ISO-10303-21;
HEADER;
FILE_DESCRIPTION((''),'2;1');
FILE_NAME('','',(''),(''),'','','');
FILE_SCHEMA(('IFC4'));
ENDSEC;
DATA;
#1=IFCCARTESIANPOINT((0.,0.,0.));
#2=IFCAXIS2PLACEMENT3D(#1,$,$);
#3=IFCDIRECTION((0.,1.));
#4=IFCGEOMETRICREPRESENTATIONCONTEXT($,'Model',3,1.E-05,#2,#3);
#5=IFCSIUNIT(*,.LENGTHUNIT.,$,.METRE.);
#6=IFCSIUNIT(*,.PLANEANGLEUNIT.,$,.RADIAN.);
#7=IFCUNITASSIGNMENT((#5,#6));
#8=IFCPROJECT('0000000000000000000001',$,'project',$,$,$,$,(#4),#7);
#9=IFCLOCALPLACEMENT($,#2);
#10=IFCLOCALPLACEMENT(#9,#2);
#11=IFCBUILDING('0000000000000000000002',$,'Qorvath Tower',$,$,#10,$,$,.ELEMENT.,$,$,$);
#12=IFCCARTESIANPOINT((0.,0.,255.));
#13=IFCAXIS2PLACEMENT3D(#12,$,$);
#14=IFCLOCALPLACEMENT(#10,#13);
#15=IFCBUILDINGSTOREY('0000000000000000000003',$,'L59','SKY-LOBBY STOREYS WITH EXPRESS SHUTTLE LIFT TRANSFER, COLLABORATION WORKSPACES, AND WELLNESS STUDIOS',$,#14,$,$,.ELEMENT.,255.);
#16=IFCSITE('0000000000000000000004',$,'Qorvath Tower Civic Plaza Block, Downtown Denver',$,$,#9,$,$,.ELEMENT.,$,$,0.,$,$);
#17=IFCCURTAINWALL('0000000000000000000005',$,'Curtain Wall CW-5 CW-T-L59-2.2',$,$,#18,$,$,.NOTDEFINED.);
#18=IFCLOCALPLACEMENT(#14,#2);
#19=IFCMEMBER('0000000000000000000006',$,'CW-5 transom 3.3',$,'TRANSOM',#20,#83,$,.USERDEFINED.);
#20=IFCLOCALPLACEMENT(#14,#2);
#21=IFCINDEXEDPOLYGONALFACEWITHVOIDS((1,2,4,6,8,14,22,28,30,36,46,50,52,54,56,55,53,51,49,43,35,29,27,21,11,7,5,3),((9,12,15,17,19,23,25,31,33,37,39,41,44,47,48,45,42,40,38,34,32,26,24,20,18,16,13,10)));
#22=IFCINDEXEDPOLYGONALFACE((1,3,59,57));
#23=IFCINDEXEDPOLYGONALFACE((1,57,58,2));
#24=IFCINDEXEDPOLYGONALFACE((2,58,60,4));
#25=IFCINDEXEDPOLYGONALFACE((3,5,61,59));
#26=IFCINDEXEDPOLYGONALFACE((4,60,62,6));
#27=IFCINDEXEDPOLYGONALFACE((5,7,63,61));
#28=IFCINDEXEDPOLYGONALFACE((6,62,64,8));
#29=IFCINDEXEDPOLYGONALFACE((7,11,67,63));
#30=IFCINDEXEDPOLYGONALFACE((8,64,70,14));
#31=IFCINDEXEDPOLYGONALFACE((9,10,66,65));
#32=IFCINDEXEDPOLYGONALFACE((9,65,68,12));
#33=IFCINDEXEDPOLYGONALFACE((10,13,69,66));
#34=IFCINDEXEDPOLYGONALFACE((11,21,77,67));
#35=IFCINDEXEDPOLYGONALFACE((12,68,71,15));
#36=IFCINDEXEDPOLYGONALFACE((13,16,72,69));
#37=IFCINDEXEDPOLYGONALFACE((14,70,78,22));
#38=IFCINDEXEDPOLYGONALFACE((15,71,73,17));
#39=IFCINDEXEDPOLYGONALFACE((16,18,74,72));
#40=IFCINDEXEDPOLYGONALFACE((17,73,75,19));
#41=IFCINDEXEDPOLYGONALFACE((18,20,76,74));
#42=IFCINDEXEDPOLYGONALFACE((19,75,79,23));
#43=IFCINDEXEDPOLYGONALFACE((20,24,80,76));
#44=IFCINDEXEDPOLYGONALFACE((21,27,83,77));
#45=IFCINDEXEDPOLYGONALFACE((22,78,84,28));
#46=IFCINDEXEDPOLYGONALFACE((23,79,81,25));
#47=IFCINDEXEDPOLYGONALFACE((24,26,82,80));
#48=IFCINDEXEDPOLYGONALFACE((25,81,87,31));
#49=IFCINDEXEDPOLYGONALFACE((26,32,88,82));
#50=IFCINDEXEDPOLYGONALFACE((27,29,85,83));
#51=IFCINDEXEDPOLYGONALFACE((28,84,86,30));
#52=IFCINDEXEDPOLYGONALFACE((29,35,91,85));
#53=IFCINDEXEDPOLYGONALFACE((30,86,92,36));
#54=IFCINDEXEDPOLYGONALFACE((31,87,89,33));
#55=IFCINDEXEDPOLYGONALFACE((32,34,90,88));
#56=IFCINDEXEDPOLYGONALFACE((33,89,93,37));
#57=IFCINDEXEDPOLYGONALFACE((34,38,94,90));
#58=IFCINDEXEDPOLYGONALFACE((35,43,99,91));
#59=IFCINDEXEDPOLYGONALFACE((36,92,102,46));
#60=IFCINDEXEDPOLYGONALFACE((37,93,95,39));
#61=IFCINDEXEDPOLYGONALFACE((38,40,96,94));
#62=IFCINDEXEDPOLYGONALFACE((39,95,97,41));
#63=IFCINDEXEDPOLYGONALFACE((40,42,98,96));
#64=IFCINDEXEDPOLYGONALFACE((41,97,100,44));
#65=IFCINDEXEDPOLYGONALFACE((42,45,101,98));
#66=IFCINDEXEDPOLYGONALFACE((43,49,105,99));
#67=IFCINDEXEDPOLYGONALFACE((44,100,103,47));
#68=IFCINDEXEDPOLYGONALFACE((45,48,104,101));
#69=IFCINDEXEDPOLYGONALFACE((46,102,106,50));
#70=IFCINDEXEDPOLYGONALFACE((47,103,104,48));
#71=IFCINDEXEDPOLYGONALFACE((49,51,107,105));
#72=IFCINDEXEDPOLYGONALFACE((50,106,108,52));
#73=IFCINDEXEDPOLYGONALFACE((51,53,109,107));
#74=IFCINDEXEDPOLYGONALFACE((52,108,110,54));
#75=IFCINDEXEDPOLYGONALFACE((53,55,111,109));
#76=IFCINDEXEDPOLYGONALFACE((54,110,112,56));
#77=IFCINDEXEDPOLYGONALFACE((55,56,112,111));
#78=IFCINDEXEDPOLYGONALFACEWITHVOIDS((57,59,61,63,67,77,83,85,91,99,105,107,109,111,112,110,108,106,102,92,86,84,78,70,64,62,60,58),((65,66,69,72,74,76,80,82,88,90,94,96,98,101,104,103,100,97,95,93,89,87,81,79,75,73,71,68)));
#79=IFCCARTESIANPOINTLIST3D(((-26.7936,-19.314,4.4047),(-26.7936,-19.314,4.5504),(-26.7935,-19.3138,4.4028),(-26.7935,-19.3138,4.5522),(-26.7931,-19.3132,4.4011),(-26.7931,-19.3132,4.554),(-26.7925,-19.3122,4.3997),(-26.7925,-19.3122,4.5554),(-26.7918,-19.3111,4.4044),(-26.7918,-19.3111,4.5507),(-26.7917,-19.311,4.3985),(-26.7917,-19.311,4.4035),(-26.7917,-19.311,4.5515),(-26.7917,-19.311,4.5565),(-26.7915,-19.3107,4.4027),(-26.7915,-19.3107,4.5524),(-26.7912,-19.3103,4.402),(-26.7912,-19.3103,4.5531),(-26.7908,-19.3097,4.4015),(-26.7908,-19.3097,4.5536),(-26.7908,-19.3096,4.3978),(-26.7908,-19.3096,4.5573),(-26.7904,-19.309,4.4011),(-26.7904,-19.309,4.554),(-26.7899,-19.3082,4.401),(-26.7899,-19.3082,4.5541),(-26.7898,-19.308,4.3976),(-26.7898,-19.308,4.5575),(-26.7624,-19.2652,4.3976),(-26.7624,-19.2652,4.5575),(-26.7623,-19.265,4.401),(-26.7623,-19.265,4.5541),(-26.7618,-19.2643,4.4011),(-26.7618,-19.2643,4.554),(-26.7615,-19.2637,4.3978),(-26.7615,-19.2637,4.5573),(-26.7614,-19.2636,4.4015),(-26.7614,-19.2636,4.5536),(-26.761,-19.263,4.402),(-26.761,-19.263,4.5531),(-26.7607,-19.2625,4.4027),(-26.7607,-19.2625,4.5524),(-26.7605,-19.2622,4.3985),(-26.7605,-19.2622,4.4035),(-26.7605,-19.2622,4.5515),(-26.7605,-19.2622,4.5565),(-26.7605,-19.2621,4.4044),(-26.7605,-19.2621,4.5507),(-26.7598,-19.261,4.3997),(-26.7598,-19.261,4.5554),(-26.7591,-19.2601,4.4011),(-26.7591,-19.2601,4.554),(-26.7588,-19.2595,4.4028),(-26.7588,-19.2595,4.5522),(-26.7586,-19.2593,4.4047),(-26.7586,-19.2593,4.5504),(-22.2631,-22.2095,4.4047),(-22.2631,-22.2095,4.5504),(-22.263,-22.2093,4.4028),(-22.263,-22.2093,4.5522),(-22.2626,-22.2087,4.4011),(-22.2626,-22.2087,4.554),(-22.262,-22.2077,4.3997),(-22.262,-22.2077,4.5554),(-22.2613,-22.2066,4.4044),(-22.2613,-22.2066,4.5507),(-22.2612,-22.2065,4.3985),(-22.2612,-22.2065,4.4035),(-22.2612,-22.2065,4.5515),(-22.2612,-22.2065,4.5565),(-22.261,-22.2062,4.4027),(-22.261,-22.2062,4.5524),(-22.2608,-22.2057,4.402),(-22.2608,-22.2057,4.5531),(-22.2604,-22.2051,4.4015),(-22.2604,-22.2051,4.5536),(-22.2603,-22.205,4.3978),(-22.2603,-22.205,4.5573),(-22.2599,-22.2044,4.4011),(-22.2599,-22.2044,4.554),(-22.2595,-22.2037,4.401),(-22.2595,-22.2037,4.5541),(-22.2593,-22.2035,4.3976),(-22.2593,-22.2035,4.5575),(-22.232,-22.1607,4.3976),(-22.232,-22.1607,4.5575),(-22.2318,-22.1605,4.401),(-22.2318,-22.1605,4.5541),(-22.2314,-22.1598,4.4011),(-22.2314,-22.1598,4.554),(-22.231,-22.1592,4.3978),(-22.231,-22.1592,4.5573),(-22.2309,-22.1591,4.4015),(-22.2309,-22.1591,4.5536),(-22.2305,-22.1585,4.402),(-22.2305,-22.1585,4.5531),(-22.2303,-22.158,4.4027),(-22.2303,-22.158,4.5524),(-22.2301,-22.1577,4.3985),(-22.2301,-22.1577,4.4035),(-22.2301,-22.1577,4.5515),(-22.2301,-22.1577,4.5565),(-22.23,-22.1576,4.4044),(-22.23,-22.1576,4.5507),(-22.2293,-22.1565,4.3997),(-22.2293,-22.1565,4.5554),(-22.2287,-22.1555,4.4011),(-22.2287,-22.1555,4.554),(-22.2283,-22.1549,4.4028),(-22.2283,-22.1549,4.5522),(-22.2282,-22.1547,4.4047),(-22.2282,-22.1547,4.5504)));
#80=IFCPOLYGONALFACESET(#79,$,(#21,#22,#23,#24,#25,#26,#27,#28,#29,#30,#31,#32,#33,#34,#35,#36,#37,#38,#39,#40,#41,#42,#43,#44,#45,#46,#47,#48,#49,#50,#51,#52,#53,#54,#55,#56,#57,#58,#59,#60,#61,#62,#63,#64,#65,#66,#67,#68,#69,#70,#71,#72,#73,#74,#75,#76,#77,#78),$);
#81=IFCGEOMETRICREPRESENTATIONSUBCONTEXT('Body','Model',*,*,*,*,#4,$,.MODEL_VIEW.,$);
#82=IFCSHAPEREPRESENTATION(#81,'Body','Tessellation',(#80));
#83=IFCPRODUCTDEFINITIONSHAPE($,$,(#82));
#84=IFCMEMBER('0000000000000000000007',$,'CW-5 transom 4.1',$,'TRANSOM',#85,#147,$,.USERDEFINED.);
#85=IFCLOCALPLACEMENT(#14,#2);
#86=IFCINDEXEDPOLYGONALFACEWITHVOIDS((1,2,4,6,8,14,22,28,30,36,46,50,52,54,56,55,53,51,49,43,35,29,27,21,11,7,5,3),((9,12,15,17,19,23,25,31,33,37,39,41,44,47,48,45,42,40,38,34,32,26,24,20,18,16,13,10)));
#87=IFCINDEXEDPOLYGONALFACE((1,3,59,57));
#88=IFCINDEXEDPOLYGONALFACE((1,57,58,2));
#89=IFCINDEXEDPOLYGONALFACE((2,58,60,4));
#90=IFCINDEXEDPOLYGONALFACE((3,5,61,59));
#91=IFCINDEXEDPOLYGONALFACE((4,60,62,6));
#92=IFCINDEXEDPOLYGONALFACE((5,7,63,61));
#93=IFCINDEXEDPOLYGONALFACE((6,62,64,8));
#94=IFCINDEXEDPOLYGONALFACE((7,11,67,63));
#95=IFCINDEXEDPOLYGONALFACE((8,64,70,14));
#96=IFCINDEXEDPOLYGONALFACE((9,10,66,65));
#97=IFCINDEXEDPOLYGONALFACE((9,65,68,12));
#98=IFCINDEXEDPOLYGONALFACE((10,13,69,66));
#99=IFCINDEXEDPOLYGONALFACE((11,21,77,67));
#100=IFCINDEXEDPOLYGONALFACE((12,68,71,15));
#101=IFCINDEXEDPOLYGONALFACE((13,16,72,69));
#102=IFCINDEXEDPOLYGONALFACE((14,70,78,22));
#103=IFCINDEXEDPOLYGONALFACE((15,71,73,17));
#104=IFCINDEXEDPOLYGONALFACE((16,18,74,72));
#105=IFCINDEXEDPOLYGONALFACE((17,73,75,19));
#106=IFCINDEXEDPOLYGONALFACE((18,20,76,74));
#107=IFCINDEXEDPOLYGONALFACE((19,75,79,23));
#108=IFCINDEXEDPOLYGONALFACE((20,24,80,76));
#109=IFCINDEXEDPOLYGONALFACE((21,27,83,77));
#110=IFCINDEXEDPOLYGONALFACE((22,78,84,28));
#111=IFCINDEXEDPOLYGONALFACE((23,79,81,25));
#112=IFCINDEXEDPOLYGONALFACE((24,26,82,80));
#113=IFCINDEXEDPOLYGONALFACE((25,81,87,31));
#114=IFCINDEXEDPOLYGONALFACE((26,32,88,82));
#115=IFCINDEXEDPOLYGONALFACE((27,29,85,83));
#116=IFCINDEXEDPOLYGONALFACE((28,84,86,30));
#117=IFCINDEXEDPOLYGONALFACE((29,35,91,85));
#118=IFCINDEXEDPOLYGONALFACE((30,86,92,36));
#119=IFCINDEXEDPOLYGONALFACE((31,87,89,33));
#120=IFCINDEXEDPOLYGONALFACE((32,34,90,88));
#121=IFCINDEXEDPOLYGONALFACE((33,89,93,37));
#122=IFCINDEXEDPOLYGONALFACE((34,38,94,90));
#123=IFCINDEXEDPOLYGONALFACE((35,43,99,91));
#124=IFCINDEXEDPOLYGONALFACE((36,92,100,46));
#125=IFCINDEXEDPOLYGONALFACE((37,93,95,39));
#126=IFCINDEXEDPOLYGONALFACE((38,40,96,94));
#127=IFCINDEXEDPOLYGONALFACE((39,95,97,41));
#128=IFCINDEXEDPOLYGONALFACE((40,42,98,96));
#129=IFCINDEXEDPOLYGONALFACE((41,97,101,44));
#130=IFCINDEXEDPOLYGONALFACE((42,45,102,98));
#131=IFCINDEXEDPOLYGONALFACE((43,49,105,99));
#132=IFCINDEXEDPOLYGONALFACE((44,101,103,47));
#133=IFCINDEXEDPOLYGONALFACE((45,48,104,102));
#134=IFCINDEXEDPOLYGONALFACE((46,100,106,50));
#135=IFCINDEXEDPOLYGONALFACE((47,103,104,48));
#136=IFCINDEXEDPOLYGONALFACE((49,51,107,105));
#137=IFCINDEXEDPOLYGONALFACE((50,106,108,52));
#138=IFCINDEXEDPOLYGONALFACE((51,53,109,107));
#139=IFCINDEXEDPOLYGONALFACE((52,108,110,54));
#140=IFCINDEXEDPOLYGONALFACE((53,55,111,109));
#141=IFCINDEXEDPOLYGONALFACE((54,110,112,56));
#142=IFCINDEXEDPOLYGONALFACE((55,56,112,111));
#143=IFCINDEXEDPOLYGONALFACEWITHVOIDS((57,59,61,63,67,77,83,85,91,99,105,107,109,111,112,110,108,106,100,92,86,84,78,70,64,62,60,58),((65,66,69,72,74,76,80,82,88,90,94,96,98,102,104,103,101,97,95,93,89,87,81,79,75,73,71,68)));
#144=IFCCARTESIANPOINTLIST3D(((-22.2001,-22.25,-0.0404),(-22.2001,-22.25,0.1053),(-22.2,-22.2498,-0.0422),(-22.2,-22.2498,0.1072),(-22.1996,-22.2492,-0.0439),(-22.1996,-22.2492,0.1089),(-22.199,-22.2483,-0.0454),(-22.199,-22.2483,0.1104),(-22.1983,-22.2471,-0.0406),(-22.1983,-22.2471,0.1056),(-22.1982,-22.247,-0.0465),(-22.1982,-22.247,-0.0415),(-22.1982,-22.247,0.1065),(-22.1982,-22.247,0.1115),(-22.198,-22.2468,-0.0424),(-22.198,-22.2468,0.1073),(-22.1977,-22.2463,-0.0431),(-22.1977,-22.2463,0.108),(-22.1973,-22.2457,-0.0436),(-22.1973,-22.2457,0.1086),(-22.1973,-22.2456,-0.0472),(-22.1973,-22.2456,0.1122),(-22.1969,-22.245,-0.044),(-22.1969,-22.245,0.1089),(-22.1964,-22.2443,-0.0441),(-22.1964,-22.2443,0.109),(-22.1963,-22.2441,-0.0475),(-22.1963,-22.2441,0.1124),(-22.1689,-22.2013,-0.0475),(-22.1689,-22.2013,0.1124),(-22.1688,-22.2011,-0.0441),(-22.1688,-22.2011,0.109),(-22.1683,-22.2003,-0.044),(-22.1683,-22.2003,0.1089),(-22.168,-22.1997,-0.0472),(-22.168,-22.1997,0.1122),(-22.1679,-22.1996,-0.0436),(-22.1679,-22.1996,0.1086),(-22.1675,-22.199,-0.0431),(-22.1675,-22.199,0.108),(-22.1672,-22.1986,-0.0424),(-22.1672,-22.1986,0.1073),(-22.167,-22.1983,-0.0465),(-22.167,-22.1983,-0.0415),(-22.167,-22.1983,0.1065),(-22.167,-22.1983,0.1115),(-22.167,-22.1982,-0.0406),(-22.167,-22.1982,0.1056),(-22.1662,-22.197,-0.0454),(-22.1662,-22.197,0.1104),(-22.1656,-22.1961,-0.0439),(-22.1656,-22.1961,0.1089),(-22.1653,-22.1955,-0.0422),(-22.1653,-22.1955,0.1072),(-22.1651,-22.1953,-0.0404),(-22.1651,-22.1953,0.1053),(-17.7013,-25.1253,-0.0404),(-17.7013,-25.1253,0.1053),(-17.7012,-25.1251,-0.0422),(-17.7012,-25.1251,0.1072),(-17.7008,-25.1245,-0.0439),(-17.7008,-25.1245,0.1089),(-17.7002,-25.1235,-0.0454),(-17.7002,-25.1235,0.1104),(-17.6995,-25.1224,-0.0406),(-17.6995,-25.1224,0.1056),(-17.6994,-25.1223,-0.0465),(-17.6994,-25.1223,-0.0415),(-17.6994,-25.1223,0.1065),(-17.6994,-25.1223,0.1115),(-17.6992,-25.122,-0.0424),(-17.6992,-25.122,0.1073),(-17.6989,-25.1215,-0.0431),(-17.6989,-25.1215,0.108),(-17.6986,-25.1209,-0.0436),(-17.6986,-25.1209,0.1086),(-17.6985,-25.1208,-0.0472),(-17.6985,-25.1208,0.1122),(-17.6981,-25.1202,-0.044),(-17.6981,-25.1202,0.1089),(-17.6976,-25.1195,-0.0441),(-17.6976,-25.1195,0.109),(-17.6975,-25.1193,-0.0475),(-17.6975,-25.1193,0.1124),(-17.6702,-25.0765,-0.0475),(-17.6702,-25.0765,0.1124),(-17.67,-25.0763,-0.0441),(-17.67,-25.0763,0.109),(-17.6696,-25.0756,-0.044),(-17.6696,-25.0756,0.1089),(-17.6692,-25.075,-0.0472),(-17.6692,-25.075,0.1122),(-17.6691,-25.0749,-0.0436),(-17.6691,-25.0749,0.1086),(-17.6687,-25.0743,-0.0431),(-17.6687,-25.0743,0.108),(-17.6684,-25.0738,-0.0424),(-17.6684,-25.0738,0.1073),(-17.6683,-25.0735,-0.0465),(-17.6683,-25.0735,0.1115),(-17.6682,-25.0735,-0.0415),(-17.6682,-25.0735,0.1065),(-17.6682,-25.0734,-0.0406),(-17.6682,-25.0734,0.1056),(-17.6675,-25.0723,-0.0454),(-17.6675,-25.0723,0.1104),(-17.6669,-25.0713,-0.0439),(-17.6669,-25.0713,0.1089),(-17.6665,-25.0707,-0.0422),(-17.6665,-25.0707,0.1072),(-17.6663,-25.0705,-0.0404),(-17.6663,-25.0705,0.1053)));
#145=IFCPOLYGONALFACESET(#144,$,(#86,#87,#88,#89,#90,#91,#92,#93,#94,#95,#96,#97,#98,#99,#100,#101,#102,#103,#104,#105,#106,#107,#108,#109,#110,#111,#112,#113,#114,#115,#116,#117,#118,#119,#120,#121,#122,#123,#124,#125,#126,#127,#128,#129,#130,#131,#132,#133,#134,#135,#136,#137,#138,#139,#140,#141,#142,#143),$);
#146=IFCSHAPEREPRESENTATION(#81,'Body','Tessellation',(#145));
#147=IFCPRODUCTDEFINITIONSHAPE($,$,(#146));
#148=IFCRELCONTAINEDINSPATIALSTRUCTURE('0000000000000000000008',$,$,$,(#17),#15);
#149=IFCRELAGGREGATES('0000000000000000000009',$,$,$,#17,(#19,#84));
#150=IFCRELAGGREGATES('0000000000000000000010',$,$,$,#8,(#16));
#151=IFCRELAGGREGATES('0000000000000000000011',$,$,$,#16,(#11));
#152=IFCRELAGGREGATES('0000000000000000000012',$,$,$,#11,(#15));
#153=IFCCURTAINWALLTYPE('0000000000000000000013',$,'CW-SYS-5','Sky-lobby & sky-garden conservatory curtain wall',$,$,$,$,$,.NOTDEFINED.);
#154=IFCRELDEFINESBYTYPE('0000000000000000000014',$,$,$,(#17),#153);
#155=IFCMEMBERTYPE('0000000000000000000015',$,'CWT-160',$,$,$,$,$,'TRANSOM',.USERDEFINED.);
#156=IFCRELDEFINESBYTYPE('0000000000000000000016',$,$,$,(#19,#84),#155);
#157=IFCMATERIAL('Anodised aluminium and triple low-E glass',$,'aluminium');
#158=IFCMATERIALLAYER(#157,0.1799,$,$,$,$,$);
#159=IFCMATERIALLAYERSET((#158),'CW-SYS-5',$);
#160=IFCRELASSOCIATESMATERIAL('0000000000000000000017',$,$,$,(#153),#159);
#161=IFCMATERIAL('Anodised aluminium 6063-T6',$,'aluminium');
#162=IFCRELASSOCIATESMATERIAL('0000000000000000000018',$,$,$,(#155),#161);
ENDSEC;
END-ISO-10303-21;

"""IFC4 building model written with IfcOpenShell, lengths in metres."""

from ifc_helpers import new_model, si_unit, direction, frame, origin, origin_2d, place, context, subcontext, project, spatial, hollow_rectangle, extrude, material, layer, layer_set, material_profile, profile_set, type_object, element, aggregate, save


model = new_model("IFC4")

# Units and contexts
model_context = context("Model", 3, precision=1e-05, world=origin(), true_north=direction((0.0, 1.0)))
body_context = subcontext(model_context, "Body", "Model", "MODEL_VIEW")
ifc_project = project(units=[si_unit("LENGTHUNIT", "METRE"), si_unit("PLANEANGLEUNIT", "RADIAN")], contexts=[model_context])

# Site, building, storey
site_placement = place(None, origin())
site = spatial("IfcSite", under=ifc_project, at=site_placement, Name="Qorvath Tower Civic Plaza Block, Downtown Denver", CompositionType="ELEMENT", RefElevation=0.0)
building_placement = place(site_placement, origin())
building = spatial("IfcBuilding", under=site, at=building_placement, Name="Qorvath Tower", CompositionType="ELEMENT")
storey_placement = place(building_placement, frame((0.0, 0.0, 255.0)))
storey = spatial("IfcBuildingStorey", under=building, at=storey_placement, Name="L59", Description="SKY-LOBBY STOREYS WITH EXPRESS SHUTTLE LIFT TRANSFER, COLLABORATION WORKSPACES, AND WELLNESS STUDIOS", CompositionType="ELEMENT", Elevation=255.0)

# Curtain wall, members
ifc_material_1 = material(Name="Anodised aluminium and triple low-E glass", Category="aluminium")
ifc_layer_1 = layer(ifc_material_1, 0.1799)
ifc_layer_set_1 = layer_set([ifc_layer_1], Name="CW-SYS-5")
curtain_wall_type = type_object("IfcCurtainWallType", Name="CW-SYS-5", Description="Sky-lobby & sky-garden conservatory curtain wall", PredefinedType="NOTDEFINED", material=ifc_layer_set_1)
curtain_wall_placement = place(storey_placement, origin())
curtain_wall = element("IfcCurtainWall", 1, at=curtain_wall_placement, inside=storey, type_object=curtain_wall_type, Name="Curtain Wall CW-5 CW-T-L59-2.2", PredefinedType="NOTDEFINED")
ifc_material_2 = material(Name="Anodised aluminium 6063-T6", Category="aluminium")
ifc_material_profile_1 = material_profile(ifc_material_2, hollow_rectangle(XDim=0.0649, YDim=0.1599, WallThickness=0.0034, InnerFilletRadius=0.0034, OuterFilletRadius=0.0071, at=origin_2d()), Name="CWT 160x65")
ifc_profile_set_1 = profile_set([ifc_material_profile_1], Name="Anodised aluminium 6063-T6")
member_type_1 = type_object("IfcMemberType", Name="CWT-160", ElementType="TRANSOM", PredefinedType="USERDEFINED", material=ifc_profile_set_1)
member_1_placement = place(storey_placement, frame((-26.7761, -19.2866, 4.4775), z_axis=(0.842611, -0.538523, 0.0), x_axis=(0.538523, 0.842611, 0.0)))
member_1 = element("IfcMember", 2, at=member_1_placement, type_object=member_type_1, Name="CW-5 transom 3.3", ObjectType="TRANSOM", PredefinedType="USERDEFINED", context=body_context, shape_type="SweptSolid", body=[
    extrude(hollow_rectangle(XDim=0.0649, YDim=0.1599, WallThickness=0.0034, InnerFilletRadius=0.0034, OuterFilletRadius=0.0071, at=origin_2d()), origin(), (0.0, 0.0, 1.0), 5.3767),
])
member_2_placement = place(storey_placement, frame((-22.1826, -22.2227, 0.0325), z_axis=(0.842609, -0.538525, 0.0), x_axis=(0.538525, 0.842609, 0.0)))
member_2 = element("IfcMember", 3, at=member_2_placement, type_object=member_type_1, Name="CW-5 transom 4.1", ObjectType="TRANSOM", PredefinedType="USERDEFINED", context=body_context, shape_type="SweptSolid", body=[
    extrude(hollow_rectangle(XDim=0.0649, YDim=0.1599, WallThickness=0.0034, InnerFilletRadius=0.0034, OuterFilletRadius=0.0071, at=origin_2d()), origin(), (0.0, 0.0, 1.0), 5.3391),
])

aggregate(curtain_wall, [member_1, member_2])

save(model, "model.ifc")
